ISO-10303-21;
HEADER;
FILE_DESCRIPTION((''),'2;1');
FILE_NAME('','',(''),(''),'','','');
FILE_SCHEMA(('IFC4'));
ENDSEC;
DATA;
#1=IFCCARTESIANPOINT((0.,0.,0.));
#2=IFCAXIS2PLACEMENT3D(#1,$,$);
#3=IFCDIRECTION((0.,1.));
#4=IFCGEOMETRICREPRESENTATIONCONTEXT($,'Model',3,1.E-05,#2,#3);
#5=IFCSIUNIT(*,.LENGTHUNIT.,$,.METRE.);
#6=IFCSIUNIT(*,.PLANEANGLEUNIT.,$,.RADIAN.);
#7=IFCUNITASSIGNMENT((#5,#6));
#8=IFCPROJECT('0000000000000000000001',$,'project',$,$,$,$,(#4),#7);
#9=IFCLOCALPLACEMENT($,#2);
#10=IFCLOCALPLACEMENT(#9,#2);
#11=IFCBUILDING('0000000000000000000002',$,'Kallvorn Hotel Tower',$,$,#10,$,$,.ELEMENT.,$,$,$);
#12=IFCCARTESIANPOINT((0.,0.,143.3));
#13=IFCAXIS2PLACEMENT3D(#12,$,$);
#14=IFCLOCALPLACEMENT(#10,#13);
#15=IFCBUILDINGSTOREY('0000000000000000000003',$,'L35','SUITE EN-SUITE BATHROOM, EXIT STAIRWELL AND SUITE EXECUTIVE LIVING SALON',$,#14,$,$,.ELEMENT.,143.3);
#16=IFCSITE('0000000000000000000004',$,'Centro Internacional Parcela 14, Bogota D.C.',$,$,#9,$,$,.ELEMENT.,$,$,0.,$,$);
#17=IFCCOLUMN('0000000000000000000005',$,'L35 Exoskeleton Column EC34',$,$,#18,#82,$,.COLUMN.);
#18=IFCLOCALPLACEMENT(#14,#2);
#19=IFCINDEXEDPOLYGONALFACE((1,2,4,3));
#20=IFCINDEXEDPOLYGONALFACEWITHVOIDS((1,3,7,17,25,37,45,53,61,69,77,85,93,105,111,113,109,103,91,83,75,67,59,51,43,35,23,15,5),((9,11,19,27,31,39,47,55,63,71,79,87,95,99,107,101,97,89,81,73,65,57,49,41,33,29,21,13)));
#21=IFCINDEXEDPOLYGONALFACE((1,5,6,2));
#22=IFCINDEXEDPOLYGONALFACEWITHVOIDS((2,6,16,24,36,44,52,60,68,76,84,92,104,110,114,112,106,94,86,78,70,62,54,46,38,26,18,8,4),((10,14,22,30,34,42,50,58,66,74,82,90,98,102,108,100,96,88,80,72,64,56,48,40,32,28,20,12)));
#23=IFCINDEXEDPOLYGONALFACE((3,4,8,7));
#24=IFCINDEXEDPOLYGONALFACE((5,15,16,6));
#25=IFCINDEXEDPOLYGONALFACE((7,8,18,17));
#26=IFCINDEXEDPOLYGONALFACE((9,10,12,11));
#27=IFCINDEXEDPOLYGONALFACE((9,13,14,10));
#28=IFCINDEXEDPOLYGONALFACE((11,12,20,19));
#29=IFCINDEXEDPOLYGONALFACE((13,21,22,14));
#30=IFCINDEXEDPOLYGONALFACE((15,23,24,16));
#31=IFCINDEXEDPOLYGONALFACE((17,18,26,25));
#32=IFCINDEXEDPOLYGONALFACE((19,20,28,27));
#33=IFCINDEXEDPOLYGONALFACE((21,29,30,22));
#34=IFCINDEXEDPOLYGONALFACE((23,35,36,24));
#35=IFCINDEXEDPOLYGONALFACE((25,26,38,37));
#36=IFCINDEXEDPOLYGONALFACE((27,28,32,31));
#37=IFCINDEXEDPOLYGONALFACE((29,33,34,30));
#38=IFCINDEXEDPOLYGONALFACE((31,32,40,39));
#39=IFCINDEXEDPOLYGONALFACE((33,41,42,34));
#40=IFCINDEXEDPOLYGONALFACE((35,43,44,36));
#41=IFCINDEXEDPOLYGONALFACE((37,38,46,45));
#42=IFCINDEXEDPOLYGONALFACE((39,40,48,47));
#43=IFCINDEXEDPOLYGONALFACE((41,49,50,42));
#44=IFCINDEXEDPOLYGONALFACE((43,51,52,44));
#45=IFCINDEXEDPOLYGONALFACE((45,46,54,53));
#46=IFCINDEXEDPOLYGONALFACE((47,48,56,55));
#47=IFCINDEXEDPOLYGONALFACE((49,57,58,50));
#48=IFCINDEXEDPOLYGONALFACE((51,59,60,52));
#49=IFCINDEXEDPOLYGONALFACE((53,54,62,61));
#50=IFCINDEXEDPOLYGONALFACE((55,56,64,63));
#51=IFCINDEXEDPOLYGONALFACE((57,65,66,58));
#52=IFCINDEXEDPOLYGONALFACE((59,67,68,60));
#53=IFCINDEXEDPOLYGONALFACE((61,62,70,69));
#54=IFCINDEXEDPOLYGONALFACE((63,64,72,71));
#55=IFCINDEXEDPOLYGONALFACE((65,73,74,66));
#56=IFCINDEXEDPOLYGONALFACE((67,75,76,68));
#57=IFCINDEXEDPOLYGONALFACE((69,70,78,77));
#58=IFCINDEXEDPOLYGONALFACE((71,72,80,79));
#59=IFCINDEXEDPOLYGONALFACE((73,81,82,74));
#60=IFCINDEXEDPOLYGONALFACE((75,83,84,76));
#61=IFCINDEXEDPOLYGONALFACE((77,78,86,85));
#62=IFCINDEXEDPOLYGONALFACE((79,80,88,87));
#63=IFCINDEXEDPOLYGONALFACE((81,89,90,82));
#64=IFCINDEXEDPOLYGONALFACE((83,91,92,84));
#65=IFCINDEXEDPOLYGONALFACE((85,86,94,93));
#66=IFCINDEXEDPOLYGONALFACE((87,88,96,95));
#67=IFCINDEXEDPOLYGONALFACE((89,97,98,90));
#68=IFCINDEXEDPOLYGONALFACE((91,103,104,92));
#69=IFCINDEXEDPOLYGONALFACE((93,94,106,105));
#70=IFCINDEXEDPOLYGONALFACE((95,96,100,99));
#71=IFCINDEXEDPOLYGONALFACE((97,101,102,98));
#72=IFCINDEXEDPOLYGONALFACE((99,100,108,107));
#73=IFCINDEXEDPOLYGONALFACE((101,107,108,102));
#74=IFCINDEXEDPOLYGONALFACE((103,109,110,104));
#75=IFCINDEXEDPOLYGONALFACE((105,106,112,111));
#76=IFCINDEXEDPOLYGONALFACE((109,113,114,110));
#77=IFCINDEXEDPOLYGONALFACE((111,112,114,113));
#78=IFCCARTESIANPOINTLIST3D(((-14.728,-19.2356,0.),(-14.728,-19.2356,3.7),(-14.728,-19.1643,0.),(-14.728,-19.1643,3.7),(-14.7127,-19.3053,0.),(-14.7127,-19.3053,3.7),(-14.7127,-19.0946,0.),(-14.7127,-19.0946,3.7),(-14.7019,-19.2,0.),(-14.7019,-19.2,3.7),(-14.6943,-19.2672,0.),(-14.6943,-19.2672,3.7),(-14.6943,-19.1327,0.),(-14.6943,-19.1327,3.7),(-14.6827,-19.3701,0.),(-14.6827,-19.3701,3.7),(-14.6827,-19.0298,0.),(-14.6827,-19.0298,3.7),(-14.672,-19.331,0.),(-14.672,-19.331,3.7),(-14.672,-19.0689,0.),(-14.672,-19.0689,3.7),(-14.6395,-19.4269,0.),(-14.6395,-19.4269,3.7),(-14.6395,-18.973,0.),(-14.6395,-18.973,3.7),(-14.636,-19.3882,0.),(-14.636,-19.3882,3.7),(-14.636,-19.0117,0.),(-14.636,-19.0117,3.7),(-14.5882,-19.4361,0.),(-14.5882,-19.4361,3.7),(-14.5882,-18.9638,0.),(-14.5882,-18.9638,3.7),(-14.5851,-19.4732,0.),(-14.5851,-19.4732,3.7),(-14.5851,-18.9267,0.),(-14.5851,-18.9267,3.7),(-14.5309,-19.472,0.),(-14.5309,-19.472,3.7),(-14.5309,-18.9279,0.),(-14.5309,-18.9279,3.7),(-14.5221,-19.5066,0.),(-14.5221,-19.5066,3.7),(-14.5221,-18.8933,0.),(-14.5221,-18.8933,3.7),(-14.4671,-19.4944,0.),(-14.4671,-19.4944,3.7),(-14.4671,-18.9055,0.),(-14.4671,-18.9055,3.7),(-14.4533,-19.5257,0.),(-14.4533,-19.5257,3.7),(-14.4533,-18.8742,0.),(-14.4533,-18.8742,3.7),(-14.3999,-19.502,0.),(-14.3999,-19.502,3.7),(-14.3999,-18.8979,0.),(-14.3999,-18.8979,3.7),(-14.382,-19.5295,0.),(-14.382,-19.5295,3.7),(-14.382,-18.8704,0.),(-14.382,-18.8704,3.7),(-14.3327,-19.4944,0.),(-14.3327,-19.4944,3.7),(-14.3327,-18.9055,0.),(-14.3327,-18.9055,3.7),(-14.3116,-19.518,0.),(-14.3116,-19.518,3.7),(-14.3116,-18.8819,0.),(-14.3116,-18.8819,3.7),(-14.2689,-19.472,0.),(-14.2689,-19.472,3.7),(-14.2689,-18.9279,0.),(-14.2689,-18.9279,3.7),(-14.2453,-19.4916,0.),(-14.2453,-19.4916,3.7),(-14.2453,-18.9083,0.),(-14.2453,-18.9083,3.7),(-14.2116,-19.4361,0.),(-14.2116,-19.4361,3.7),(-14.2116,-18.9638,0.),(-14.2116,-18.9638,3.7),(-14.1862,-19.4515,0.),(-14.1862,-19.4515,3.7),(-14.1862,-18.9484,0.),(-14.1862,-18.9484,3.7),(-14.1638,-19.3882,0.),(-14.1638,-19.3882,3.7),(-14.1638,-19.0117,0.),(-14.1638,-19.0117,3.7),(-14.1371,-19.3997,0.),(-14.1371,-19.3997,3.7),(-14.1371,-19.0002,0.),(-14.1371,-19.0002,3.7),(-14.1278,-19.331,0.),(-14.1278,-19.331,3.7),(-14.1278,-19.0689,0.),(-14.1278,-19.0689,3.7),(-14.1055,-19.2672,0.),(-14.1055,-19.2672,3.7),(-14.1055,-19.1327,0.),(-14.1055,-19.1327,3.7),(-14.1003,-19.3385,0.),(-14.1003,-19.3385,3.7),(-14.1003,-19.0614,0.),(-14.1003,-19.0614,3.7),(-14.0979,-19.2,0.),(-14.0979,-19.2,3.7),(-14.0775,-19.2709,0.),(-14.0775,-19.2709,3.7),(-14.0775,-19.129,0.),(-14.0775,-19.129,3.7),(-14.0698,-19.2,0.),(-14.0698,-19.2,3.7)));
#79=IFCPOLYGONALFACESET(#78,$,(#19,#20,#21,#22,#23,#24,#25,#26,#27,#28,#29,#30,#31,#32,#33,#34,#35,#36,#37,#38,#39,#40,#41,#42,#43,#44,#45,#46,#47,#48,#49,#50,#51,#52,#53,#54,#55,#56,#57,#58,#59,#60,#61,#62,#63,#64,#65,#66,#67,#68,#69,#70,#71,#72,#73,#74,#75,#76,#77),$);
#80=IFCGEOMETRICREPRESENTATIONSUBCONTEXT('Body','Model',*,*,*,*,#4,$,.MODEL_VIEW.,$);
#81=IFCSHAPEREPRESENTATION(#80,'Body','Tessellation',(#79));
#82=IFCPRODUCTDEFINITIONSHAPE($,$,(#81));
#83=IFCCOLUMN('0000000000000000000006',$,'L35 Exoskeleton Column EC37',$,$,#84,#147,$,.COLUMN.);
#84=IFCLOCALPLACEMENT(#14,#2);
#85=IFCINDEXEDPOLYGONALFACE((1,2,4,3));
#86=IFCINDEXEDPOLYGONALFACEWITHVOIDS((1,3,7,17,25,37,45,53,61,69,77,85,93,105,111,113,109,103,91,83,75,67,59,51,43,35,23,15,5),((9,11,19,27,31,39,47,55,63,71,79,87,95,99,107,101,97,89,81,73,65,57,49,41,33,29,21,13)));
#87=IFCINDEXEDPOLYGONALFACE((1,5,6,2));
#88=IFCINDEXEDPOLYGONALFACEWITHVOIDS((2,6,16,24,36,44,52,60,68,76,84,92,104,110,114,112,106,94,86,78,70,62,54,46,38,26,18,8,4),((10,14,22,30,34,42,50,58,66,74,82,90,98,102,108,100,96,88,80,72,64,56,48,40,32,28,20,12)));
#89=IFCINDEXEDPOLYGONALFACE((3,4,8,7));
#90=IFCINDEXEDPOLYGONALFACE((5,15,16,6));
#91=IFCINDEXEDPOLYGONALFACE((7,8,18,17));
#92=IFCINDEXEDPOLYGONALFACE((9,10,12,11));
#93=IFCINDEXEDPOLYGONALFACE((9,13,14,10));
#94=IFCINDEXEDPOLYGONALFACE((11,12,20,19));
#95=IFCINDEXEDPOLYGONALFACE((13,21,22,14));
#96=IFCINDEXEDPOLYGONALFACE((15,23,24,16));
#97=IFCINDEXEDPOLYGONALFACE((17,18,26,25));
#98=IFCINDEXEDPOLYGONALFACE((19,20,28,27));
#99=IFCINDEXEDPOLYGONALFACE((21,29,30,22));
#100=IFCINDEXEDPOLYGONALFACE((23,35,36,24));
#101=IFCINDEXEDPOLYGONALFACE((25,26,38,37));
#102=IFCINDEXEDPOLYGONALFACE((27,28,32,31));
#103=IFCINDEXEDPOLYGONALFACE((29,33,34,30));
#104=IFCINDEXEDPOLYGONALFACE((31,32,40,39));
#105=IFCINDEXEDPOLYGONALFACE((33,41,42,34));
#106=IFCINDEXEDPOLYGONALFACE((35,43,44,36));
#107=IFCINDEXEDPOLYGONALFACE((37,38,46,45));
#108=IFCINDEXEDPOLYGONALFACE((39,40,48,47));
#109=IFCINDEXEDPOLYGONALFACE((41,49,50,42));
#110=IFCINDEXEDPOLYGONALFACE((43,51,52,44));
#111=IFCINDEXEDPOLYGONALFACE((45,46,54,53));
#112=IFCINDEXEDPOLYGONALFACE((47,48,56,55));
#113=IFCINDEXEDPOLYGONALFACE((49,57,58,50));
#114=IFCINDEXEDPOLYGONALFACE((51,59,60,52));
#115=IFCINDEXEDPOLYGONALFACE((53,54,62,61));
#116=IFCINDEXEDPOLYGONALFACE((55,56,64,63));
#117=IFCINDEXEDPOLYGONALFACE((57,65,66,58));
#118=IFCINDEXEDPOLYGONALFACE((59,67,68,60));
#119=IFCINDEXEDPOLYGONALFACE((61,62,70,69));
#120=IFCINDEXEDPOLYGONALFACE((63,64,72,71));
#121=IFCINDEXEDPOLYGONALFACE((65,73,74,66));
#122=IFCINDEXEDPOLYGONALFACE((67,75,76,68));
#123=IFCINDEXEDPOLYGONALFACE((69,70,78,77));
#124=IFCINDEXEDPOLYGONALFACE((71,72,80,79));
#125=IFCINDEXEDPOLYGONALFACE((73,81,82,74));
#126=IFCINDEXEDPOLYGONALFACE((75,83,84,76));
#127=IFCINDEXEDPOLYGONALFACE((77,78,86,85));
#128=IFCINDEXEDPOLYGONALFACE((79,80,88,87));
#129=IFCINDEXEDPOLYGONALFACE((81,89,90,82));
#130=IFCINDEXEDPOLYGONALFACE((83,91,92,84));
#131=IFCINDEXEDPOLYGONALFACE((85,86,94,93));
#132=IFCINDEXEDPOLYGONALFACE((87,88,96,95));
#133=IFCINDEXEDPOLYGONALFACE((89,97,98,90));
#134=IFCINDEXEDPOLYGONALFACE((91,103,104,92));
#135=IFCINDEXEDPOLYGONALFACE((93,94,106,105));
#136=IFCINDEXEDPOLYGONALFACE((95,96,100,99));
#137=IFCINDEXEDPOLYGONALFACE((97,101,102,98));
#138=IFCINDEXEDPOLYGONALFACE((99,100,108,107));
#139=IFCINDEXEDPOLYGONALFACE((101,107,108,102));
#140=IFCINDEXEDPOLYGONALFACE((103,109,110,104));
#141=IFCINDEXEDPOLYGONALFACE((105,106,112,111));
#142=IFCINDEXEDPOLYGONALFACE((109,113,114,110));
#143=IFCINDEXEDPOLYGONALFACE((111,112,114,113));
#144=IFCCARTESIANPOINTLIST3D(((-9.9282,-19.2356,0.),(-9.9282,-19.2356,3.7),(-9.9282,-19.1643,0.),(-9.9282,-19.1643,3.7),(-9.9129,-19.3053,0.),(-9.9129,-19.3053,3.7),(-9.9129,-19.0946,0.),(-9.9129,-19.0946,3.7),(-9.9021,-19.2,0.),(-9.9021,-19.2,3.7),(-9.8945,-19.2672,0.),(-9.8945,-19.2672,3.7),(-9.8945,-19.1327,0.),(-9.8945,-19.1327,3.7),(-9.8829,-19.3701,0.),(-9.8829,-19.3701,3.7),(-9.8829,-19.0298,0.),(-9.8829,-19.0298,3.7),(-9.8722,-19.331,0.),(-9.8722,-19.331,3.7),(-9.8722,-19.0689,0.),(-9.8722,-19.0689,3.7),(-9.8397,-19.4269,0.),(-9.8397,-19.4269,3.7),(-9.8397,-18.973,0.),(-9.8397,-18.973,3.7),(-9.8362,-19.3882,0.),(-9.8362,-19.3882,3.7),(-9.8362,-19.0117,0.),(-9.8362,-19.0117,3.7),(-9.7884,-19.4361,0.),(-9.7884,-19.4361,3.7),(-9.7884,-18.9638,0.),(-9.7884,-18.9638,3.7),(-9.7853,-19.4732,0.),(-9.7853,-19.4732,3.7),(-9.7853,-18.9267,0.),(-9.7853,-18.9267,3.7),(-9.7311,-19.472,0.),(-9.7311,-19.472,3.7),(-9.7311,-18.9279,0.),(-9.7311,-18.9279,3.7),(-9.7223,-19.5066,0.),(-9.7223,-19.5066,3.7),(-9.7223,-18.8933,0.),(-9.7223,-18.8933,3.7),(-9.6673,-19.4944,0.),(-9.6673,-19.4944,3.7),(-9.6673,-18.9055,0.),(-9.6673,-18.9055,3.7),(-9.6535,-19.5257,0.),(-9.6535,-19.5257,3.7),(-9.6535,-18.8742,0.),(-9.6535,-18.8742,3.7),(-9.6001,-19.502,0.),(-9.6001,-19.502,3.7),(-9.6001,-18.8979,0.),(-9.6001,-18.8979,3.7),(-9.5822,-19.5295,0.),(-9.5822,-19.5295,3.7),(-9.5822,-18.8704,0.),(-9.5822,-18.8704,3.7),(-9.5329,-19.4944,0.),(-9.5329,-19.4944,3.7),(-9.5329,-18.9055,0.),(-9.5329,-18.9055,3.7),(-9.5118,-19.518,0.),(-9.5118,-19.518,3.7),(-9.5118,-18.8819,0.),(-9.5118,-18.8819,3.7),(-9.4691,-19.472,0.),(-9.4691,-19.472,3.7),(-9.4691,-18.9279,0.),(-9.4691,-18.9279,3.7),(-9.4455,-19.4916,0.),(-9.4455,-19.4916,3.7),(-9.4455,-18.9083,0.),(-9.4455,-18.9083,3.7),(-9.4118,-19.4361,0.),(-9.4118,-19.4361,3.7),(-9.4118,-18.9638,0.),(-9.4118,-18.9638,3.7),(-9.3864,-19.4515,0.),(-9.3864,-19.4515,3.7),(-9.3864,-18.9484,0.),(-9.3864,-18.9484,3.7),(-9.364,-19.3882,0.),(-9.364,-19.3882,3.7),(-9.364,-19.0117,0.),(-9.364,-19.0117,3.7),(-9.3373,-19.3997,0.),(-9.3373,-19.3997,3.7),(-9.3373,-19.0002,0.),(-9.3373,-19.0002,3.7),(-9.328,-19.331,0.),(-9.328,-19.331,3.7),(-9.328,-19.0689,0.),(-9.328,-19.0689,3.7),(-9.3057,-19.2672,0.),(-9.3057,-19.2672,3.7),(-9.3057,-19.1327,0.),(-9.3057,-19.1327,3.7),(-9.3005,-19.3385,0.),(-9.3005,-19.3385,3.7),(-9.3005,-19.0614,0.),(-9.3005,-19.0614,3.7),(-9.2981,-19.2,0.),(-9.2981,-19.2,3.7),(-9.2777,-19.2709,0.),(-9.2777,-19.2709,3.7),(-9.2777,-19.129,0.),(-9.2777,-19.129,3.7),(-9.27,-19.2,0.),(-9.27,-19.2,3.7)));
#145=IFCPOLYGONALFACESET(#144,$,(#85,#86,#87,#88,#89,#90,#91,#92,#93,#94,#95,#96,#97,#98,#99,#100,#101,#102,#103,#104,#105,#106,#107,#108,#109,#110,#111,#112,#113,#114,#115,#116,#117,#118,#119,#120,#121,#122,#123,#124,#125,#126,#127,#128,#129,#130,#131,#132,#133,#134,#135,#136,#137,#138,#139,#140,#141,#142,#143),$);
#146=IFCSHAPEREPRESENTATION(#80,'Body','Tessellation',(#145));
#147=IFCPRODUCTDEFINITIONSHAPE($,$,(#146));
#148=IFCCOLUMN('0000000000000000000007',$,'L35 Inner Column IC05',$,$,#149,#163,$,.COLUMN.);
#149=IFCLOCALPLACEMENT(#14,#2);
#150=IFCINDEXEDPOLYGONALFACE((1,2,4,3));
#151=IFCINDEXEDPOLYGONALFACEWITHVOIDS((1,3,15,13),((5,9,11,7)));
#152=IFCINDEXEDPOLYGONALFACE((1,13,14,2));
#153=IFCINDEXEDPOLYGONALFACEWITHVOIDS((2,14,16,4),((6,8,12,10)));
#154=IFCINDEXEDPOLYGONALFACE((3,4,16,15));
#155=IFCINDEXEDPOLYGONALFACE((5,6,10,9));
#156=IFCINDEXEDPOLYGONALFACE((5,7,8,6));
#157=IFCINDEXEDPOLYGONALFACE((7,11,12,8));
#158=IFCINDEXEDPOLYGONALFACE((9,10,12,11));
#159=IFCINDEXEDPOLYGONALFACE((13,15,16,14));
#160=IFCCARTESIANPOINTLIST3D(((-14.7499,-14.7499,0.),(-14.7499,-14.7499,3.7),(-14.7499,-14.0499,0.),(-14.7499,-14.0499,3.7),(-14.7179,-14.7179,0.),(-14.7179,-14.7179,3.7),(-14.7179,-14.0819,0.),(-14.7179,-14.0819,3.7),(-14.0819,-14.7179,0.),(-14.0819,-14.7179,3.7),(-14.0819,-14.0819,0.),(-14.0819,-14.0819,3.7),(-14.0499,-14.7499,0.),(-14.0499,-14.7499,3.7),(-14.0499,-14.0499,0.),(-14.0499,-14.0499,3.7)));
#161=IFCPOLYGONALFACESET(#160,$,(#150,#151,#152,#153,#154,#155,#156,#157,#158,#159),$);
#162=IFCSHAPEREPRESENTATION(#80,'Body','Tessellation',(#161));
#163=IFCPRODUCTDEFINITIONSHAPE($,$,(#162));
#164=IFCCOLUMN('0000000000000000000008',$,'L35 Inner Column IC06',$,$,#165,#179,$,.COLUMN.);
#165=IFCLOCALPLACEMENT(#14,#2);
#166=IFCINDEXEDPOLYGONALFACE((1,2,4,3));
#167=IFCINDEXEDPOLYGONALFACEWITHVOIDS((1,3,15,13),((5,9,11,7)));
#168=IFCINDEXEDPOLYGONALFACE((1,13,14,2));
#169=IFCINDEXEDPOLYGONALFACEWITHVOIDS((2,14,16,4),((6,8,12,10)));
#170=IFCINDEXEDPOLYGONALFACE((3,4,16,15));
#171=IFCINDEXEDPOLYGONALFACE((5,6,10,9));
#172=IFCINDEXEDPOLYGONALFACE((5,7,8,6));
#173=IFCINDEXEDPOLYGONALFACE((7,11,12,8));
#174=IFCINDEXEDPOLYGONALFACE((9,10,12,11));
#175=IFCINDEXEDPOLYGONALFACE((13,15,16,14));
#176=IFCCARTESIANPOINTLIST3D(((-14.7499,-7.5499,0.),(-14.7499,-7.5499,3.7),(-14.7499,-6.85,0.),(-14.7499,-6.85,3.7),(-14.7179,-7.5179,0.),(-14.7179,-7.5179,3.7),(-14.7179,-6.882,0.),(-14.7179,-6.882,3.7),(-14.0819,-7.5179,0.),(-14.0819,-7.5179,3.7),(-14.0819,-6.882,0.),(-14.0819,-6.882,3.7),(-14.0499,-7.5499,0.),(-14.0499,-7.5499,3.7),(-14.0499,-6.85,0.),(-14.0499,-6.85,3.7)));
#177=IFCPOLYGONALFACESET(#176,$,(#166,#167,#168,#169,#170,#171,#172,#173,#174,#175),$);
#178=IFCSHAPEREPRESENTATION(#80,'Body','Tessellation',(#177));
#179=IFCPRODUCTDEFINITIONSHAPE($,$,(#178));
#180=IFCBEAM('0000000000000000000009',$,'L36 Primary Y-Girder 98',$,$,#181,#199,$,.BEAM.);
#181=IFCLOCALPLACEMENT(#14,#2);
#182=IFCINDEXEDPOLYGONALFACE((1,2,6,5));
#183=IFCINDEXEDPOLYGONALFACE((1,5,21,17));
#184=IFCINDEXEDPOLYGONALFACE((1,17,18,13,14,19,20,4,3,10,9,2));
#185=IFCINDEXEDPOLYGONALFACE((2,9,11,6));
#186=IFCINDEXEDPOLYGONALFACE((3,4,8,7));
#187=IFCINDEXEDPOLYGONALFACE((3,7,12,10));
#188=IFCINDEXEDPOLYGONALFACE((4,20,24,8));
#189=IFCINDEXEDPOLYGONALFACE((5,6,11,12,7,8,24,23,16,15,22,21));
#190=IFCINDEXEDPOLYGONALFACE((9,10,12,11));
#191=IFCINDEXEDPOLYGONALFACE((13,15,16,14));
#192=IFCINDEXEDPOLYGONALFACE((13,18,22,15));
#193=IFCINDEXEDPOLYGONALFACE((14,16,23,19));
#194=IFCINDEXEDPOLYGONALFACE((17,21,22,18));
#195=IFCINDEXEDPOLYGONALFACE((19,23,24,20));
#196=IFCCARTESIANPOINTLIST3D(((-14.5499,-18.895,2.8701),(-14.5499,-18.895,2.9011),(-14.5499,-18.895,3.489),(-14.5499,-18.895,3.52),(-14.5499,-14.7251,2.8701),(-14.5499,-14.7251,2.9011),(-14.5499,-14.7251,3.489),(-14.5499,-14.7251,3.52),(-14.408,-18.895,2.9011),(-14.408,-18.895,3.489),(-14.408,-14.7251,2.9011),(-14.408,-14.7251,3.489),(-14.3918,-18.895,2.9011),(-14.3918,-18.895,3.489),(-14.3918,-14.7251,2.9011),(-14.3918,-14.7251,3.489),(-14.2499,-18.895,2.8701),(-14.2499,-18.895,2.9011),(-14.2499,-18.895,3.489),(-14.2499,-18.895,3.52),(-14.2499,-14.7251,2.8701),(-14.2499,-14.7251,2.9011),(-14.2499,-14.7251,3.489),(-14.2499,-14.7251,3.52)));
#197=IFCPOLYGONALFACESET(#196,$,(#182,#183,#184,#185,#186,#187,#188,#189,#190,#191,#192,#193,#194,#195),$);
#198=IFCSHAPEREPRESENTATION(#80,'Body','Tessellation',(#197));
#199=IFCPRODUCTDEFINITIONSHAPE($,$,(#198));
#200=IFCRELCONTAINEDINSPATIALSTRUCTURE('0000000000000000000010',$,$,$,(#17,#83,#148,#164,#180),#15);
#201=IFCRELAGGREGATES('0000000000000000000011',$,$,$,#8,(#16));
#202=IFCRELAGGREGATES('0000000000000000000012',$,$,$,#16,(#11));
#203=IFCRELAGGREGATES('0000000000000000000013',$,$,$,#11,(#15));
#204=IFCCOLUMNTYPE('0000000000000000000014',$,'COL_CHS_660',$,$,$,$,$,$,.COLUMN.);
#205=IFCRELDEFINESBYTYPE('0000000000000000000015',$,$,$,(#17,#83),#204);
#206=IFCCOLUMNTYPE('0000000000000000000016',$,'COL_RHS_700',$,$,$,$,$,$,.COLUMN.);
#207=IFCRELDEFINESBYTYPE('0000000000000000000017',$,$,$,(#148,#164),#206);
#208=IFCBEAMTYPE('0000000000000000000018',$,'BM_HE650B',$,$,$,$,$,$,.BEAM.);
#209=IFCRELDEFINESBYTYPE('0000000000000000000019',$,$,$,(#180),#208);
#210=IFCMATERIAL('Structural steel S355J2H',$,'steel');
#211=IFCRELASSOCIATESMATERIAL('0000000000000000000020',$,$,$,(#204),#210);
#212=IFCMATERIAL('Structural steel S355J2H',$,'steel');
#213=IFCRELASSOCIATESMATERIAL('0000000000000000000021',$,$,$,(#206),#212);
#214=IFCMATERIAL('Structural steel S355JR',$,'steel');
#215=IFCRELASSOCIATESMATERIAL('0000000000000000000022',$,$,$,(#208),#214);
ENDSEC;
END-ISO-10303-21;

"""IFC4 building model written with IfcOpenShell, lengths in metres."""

from ifc_helpers import new_model, si_unit, direction, frame, origin, origin_2d, place, context, subcontext, project, spatial, hollow_rectangle, hollow_circle, i_section, extrude, material, material_profile, profile_set, type_object, element, save


model = new_model("IFC4")

# Units and contexts
model_context = context("Model", 3, precision=1e-05, world=origin(), true_north=direction((0.0, 1.0)))
body_context = subcontext(model_context, "Body", "Model", "MODEL_VIEW")
ifc_project = project(units=[si_unit("LENGTHUNIT", "METRE"), si_unit("PLANEANGLEUNIT", "RADIAN")], contexts=[model_context])

# Site, building, storey
site_placement = place(None, origin())
site = spatial("IfcSite", under=ifc_project, at=site_placement, Name="Centro Internacional Parcela 14, Bogota D.C.", CompositionType="ELEMENT", RefElevation=0.0)
building_placement = place(site_placement, origin())
building = spatial("IfcBuilding", under=site, at=building_placement, Name="Kallvorn Hotel Tower", CompositionType="ELEMENT")
storey_placement = place(building_placement, frame((0.0, 0.0, 143.3)))
storey = spatial("IfcBuildingStorey", under=building, at=storey_placement, Name="L35", Description="SUITE EN-SUITE BATHROOM, EXIT STAIRWELL AND SUITE EXECUTIVE LIVING SALON", CompositionType="ELEMENT", Elevation=143.3)

# Columns
ifc_material_1 = material(Name="Structural steel S355J2H", Category="steel")
ifc_material_profile_1 = material_profile(ifc_material_1, hollow_circle(Radius=0.3301, WallThickness=0.0281, at=origin_2d()), Name="CHS 660x28")
ifc_profile_set_1 = profile_set([ifc_material_profile_1], Name="Structural steel S355J2H")
column_type_1 = type_object("IfcColumnType", Name="COL_CHS_660", PredefinedType="COLUMN", material=ifc_profile_set_1)
for number, where, z_axis, x_axis, name in (
    (1, (-14.3999, -19.2, 0.0), (0.0, 0.0, 1.0), (1.0, 0.0, 0.0), "L35 Exoskeleton Column EC34"),
    (2, (-9.6001, -19.2, 0.0), (0.0, 0.0, 1.0), (1.0, 0.0, 0.0), "L35 Exoskeleton Column EC37"),
):
    element("IfcColumn", number, at=place(storey_placement, frame(where, z_axis=z_axis, x_axis=x_axis)), inside=storey, type_object=column_type_1, Name=name, PredefinedType="COLUMN", context=body_context, shape_type="SweptSolid", body=[
        extrude(hollow_circle(Radius=0.3301, WallThickness=0.0281, at=origin_2d()), origin(), (0.0, 0.0, 1.0), 3.7),
    ])
ifc_material_2 = material(Name="Structural steel S355J2H", Category="steel")
ifc_material_profile_2 = material_profile(ifc_material_2, hollow_rectangle(XDim=0.7, YDim=0.7, WallThickness=0.032, at=origin_2d()), Name="RHS 700x700x32")
ifc_profile_set_2 = profile_set([ifc_material_profile_2], Name="Structural steel S355J2H")
column_type_2 = type_object("IfcColumnType", Name="COL_RHS_700", PredefinedType="COLUMN", material=ifc_profile_set_2)
for number, where, z_axis, x_axis, name in (
    (3, (-14.3999, -14.3999, 0.0), (0.0, 0.0, 1.0), (1.0, 0.0, 0.0), "L35 Inner Column IC05"),
    (4, (-14.3999, -7.2, 0.0), (0.0, 0.0, 1.0), (1.0, 0.0, 0.0), "L35 Inner Column IC06"),
):
    element("IfcColumn", number, at=place(storey_placement, frame(where, z_axis=z_axis, x_axis=x_axis)), inside=storey, type_object=column_type_2, Name=name, PredefinedType="COLUMN", context=body_context, shape_type="SweptSolid", body=[
        extrude(hollow_rectangle(XDim=0.7, YDim=0.7, WallThickness=0.032, at=origin_2d()), origin(), (0.0, 0.0, 1.0), 3.7),
    ])

# Beam
ifc_material_3 = material(Name="Structural steel S355JR", Category="steel")
ifc_material_profile_3 = material_profile(ifc_material_3, i_section(OverallWidth=0.3, OverallDepth=0.6499, WebThickness=0.0161, FlangeThickness=0.031, at=origin_2d()), Name="HE 650 B")
ifc_profile_set_3 = profile_set([ifc_material_profile_3], Name="Structural steel S355JR")
beam_type_1 = type_object("IfcBeamType", Name="BM_HE650B", PredefinedType="BEAM", material=ifc_profile_set_3)
beam_1_placement = place(storey_placement, frame((-14.3999, -18.895, 3.1951), z_axis=(0.0, 1.0, 0.0), x_axis=(-1.0, 0.0, 0.0)))
element("IfcBeam", 5, at=beam_1_placement, inside=storey, type_object=beam_type_1, Name="L36 Primary Y-Girder 98", PredefinedType="BEAM", context=body_context, shape_type="SweptSolid", body=[
    extrude(i_section(OverallWidth=0.3, OverallDepth=0.6499, WebThickness=0.0161, FlangeThickness=0.031, at=origin_2d()), origin(), (0.0, 0.0, 1.0), 4.1699),
])

save(model, "model.ifc")
